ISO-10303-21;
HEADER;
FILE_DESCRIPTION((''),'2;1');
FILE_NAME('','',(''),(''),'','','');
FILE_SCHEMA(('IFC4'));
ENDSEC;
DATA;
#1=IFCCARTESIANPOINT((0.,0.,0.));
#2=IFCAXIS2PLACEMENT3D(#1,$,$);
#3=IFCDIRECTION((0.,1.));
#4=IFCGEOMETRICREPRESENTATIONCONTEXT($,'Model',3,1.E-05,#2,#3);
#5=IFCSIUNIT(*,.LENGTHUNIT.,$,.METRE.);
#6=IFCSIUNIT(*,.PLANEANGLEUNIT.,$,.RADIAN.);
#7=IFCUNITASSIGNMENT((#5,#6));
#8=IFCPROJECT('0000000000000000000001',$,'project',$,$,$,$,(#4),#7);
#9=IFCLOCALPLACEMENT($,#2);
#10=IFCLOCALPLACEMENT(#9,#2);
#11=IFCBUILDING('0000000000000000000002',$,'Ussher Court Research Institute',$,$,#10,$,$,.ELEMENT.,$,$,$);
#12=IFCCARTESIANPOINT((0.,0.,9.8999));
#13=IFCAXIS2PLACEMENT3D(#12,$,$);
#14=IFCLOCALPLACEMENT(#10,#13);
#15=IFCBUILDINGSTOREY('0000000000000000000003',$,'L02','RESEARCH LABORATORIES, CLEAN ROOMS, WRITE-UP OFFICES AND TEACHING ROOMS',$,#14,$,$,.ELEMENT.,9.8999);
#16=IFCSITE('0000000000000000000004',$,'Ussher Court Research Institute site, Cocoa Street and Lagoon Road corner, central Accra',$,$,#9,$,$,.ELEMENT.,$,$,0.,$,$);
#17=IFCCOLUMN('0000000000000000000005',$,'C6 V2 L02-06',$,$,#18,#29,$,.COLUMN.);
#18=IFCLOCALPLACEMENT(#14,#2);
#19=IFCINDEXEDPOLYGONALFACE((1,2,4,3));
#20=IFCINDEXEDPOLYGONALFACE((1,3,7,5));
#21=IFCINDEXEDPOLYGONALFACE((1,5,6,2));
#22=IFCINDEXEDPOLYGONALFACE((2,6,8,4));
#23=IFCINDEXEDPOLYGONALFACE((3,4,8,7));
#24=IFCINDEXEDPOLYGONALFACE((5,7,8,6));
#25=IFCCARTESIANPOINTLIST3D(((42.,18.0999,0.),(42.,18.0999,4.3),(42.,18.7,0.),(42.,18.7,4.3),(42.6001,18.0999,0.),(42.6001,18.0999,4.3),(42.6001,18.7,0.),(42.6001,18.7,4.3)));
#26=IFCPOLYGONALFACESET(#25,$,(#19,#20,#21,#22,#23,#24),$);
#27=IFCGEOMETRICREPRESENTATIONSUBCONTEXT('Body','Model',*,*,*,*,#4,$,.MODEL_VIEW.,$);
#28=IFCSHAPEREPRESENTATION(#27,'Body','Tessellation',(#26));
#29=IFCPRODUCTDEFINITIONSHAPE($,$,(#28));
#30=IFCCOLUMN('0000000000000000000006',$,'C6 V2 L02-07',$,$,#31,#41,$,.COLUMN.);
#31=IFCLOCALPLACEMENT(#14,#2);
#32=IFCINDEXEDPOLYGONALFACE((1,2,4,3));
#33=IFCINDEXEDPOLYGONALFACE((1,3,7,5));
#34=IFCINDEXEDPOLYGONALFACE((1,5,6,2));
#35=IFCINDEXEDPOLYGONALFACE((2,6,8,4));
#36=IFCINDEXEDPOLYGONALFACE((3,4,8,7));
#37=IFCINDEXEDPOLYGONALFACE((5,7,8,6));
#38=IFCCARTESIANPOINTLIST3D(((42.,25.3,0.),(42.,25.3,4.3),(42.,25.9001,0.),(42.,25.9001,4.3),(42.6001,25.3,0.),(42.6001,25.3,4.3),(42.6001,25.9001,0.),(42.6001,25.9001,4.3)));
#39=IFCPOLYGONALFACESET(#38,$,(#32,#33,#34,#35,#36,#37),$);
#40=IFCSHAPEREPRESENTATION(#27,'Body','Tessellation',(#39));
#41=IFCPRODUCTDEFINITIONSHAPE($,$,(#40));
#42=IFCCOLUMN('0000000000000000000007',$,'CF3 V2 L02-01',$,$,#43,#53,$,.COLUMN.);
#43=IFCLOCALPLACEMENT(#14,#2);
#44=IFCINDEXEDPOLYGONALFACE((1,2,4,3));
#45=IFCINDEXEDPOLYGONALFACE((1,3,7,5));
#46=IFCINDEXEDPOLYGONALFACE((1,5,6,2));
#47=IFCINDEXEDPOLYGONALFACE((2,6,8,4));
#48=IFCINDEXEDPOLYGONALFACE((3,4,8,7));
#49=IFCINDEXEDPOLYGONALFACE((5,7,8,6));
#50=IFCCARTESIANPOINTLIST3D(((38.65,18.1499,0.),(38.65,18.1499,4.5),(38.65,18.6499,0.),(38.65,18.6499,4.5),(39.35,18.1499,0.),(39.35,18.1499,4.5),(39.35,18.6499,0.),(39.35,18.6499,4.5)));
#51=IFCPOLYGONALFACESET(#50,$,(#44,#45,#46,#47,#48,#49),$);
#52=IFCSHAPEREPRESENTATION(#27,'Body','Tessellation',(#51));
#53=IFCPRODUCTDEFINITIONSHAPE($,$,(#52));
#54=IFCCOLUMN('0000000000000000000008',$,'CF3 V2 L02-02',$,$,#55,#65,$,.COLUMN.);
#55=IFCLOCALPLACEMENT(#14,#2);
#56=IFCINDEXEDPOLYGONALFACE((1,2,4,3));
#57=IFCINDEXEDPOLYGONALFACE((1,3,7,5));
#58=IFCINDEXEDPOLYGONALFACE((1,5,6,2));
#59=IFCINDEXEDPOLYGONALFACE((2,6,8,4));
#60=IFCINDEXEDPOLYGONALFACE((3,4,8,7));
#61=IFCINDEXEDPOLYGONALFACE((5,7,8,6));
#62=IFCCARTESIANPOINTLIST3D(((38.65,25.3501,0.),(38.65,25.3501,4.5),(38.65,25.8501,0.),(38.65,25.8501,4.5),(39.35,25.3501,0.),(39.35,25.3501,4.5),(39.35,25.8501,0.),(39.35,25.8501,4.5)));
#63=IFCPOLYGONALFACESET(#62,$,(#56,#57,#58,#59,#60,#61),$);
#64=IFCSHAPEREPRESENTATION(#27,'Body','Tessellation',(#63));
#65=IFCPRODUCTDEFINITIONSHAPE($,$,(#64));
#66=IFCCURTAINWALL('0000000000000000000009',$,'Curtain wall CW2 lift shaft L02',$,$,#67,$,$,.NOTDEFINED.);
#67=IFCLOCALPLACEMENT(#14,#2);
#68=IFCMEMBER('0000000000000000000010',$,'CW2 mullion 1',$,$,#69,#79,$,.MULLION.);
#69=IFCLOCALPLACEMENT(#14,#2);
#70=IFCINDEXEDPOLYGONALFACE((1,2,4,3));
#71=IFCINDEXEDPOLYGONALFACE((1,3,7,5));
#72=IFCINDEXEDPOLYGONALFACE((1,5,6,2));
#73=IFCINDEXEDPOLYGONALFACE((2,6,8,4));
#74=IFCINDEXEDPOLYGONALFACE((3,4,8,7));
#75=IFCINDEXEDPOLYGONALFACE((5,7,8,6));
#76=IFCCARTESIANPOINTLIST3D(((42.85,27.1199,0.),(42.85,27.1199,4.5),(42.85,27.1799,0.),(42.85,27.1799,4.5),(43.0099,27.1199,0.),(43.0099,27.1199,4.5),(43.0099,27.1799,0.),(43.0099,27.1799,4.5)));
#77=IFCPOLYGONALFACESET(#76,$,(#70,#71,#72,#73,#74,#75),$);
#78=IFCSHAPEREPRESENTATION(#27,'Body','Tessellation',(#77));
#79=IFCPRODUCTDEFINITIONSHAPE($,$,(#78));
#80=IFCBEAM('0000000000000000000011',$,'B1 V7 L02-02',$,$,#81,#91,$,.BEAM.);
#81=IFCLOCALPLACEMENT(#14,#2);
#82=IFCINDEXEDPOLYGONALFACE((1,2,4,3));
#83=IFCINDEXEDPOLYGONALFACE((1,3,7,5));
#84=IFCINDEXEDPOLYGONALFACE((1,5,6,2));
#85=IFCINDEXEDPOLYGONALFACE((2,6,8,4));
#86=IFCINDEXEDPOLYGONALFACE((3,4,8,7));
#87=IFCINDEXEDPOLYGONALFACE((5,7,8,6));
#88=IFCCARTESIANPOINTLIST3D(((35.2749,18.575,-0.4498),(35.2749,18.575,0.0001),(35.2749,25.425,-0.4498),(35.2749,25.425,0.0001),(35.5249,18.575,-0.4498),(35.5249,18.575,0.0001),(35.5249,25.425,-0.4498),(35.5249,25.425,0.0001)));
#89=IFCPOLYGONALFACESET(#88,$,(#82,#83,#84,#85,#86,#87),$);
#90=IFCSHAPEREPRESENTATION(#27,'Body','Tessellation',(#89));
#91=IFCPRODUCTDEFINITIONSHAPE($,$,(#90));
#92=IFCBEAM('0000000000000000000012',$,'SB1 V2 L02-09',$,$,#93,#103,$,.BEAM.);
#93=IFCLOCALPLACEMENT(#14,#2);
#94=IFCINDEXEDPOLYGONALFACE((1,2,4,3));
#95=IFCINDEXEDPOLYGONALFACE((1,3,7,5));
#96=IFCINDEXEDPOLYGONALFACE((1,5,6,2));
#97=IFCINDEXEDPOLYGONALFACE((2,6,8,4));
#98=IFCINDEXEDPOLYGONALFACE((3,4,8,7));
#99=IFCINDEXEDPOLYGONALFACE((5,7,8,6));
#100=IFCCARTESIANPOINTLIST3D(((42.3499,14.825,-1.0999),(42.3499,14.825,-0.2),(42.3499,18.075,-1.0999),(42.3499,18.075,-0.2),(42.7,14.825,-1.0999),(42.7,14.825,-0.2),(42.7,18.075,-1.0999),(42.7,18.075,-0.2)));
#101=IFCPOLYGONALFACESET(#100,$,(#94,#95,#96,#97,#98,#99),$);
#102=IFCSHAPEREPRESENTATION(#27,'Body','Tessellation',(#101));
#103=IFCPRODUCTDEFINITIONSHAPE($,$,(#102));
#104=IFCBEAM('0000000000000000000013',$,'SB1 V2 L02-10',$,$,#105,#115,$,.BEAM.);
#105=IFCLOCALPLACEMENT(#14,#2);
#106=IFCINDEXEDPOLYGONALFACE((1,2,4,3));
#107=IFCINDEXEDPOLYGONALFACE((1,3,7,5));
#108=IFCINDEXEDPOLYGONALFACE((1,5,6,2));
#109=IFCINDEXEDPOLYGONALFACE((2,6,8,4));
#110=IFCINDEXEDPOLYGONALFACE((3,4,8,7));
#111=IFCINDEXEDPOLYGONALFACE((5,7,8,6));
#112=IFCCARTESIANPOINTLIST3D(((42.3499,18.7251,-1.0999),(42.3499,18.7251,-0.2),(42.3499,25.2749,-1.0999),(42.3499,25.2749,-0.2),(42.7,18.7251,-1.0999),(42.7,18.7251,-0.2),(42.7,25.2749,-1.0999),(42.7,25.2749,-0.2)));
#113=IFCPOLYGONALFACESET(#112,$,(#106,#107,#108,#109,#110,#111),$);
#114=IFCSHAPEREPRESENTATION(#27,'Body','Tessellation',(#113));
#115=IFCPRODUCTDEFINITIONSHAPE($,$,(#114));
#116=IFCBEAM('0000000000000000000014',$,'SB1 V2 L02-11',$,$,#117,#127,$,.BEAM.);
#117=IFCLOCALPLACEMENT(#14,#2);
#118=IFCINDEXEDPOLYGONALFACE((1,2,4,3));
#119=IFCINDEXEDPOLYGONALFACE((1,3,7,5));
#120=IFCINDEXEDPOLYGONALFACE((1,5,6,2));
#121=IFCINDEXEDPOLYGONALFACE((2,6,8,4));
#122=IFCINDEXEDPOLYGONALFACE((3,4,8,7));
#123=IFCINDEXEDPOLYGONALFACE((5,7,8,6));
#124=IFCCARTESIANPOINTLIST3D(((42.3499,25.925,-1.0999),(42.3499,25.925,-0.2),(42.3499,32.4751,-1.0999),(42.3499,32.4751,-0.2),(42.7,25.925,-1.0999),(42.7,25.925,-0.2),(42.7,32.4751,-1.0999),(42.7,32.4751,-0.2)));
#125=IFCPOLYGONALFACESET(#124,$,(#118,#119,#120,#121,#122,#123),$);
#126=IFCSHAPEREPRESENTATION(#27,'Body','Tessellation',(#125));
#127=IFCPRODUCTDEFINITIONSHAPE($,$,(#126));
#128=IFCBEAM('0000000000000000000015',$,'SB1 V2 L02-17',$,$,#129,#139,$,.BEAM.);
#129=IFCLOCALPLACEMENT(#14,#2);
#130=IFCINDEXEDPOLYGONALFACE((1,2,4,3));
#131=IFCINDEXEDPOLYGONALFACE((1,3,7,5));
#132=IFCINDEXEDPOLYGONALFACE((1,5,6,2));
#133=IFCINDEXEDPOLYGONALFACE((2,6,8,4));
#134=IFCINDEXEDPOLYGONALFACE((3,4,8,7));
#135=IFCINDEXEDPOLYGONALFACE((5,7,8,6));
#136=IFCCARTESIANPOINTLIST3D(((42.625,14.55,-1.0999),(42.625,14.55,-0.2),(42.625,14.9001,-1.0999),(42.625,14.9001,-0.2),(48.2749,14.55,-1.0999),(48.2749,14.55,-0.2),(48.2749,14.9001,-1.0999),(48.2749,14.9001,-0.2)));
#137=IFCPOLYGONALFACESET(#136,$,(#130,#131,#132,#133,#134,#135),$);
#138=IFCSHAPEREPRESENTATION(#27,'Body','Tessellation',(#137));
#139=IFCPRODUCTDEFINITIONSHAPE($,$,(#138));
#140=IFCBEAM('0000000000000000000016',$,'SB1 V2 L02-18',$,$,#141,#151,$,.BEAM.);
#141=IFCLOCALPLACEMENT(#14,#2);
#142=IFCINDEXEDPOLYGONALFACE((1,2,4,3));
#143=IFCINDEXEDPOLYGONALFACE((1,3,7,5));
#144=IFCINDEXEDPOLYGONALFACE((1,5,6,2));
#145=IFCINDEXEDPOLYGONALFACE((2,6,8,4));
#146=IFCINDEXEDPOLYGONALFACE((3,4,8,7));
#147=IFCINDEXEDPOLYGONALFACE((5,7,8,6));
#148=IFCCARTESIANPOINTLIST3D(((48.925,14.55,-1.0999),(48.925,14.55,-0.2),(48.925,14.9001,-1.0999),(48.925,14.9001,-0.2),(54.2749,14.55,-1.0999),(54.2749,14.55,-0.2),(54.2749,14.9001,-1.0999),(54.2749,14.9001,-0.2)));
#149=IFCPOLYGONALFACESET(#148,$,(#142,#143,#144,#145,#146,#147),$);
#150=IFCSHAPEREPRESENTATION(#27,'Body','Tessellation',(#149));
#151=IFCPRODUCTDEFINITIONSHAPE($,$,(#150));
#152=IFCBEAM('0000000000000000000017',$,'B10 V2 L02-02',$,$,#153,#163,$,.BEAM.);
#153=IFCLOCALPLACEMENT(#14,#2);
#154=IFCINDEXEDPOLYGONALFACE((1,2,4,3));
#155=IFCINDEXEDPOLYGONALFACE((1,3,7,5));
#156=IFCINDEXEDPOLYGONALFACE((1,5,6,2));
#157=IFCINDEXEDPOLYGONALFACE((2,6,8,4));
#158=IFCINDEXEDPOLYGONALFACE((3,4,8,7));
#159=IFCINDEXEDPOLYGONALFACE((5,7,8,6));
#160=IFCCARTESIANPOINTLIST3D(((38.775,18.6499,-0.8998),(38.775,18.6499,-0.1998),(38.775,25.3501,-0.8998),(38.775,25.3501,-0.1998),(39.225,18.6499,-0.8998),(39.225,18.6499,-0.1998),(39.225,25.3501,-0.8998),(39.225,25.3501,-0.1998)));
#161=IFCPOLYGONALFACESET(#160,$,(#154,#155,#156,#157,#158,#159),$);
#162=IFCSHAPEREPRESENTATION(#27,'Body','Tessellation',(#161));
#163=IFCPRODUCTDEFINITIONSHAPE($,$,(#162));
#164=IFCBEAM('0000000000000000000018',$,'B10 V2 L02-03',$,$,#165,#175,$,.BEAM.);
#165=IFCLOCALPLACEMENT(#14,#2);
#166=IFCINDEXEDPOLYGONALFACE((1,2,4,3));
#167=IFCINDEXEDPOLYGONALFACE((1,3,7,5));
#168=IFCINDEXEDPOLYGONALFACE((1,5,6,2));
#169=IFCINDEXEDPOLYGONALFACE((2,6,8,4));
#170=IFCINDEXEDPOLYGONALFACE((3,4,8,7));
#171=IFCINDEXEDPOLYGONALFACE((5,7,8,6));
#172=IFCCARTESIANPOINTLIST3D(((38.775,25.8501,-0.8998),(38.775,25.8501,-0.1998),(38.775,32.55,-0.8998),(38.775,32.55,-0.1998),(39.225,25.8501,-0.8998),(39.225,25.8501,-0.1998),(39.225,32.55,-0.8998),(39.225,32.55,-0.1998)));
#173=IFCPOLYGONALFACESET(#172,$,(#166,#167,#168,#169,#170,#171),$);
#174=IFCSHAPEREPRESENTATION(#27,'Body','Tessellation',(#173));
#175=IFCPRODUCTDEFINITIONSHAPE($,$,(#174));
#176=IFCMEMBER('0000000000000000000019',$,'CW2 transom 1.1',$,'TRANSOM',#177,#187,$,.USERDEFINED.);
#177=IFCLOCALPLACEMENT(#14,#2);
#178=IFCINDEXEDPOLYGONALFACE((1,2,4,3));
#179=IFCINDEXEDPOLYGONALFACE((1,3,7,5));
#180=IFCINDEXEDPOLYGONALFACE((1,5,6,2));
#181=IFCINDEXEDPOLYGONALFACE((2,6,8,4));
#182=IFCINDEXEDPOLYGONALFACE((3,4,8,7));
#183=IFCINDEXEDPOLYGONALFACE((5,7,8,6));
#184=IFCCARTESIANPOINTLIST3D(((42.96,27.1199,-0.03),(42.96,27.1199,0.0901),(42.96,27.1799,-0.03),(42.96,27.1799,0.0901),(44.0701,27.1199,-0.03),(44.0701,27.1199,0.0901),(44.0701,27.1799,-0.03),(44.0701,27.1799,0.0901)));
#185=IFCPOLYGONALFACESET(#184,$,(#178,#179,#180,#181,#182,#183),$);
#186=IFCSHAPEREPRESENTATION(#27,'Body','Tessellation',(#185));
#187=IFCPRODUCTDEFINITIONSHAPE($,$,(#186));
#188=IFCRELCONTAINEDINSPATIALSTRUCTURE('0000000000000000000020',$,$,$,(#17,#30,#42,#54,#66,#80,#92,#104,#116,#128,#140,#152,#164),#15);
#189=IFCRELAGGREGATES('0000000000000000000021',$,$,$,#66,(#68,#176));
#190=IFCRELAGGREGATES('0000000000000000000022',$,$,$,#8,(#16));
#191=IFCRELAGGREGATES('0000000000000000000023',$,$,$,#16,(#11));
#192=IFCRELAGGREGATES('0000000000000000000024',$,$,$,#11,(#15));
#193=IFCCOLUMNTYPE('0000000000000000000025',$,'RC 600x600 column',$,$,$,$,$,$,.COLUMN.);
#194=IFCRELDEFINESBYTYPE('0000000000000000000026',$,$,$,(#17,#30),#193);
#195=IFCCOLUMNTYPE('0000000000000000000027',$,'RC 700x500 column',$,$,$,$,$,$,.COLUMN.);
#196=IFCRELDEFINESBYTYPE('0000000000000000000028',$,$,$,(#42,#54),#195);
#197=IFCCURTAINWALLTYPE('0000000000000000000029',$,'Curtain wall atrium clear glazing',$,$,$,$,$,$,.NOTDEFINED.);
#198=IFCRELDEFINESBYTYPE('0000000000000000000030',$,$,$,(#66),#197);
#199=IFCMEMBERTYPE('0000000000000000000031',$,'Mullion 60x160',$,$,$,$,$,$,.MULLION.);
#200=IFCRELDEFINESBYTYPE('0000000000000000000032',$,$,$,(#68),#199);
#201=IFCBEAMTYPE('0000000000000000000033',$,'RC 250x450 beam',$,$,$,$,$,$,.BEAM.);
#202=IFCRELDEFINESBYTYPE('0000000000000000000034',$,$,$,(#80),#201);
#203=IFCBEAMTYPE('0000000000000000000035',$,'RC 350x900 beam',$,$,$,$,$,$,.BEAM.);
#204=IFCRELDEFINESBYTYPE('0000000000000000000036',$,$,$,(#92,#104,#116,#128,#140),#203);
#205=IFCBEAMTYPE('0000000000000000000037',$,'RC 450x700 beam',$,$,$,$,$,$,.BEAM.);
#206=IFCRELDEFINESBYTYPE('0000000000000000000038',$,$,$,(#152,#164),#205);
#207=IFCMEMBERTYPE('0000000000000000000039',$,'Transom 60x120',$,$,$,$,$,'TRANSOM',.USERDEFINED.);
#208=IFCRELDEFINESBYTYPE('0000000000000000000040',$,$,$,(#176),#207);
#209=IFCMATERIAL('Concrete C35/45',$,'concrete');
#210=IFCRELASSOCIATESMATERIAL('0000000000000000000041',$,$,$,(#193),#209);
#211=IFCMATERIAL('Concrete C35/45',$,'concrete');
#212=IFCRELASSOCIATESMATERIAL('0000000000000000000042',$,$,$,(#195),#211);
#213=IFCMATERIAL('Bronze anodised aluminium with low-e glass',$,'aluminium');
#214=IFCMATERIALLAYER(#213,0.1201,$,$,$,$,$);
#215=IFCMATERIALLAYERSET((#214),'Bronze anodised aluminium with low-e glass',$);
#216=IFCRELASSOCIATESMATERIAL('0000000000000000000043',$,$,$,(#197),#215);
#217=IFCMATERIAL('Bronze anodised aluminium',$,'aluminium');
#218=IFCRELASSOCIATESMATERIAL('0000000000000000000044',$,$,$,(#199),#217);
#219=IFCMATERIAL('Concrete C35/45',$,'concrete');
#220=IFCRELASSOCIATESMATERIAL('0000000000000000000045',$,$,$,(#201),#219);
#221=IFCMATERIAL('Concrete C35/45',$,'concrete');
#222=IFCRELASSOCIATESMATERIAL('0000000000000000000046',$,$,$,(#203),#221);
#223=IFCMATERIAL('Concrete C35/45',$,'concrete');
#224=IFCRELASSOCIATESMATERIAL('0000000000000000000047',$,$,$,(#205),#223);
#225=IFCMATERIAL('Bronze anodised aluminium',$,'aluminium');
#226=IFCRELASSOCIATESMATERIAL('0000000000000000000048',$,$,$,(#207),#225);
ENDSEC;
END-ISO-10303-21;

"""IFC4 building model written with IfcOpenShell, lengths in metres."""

from ifc_helpers import new_model, si_unit, direction, frame, origin, origin_2d, place, context, subcontext, project, spatial, rectangle, extrude, material, layer, layer_set, material_profile, profile_set, type_object, element, aggregate, save


model = new_model("IFC4")

# Units and contexts
model_context = context("Model", 3, precision=1e-05, world=origin(), true_north=direction((0.0, 1.0)))
body_context = subcontext(model_context, "Body", "Model", "MODEL_VIEW")
ifc_project = project(units=[si_unit("LENGTHUNIT", "METRE"), si_unit("PLANEANGLEUNIT", "RADIAN")], contexts=[model_context])

# Site, building, storey
site_placement = place(None, origin())
site = spatial("IfcSite", under=ifc_project, at=site_placement, Name="Ussher Court Research Institute site, Cocoa Street and Lagoon Road corner, central Accra", CompositionType="ELEMENT", RefElevation=0.0)
building_placement = place(site_placement, origin())
building = spatial("IfcBuilding", under=site, at=building_placement, Name="Ussher Court Research Institute", CompositionType="ELEMENT")
storey_placement = place(building_placement, frame((0.0, 0.0, 9.8999)))
storey = spatial("IfcBuildingStorey", under=building, at=storey_placement, Name="L02", Description="RESEARCH LABORATORIES, CLEAN ROOMS, WRITE-UP OFFICES AND TEACHING ROOMS", CompositionType="ELEMENT", Elevation=9.8999)

# Columns
ifc_material_1 = material(Name="Concrete C35/45", Category="concrete")
ifc_material_profile_1 = material_profile(ifc_material_1, rectangle(XDim=0.6001, YDim=0.6001, at=origin_2d()), Name="RC 600x600")
ifc_profile_set_1 = profile_set([ifc_material_profile_1], Name="Concrete C35/45")
column_type_1 = type_object("IfcColumnType", Name="RC 600x600 column", PredefinedType="COLUMN", material=ifc_profile_set_1)
for number, where, z_axis, x_axis, name in (
    (1, (42.3, 18.3999, 0.0), (0.0, 0.0, 1.0), (1.0, 0.0, 0.0), "C6 V2 L02-06"),
    (2, (42.3, 25.6001, 0.0), (0.0, 0.0, 1.0), (1.0, 0.0, 0.0), "C6 V2 L02-07"),
):
    element("IfcColumn", number, at=place(storey_placement, frame(where, z_axis=z_axis, x_axis=x_axis)), inside=storey, type_object=column_type_1, Name=name, PredefinedType="COLUMN", context=body_context, shape_type="SweptSolid", body=[
        extrude(rectangle(XDim=0.6001, YDim=0.6001, at=origin_2d()), origin(), (0.0, 0.0, 1.0), 4.3),
    ])
ifc_material_2 = material(Name="Concrete C35/45", Category="concrete")
ifc_material_profile_2 = material_profile(ifc_material_2, rectangle(XDim=0.7, YDim=0.5, at=origin_2d()), Name="RC 700x500")
ifc_profile_set_2 = profile_set([ifc_material_profile_2], Name="Concrete C35/45")
column_type_2 = type_object("IfcColumnType", Name="RC 700x500 column", PredefinedType="COLUMN", material=ifc_profile_set_2)
for number, where, z_axis, x_axis, name in (
    (3, (39.0, 18.3999, 0.0), (0.0, 0.0, 1.0), (1.0, 0.0, 0.0), "CF3 V2 L02-01"),
    (4, (39.0, 25.6001, 0.0), (0.0, 0.0, 1.0), (1.0, 0.0, 0.0), "CF3 V2 L02-02"),
):
    element("IfcColumn", number, at=place(storey_placement, frame(where, z_axis=z_axis, x_axis=x_axis)), inside=storey, type_object=column_type_2, Name=name, PredefinedType="COLUMN", context=body_context, shape_type="SweptSolid", body=[
        extrude(rectangle(XDim=0.7, YDim=0.5, at=origin_2d()), origin(), (0.0, 0.0, 1.0), 4.5),
    ])

# Curtain wall, member
ifc_material_3 = material(Name="Bronze anodised aluminium with low-e glass", Category="aluminium")
ifc_layer_1 = layer(ifc_material_3, 0.1201)
ifc_layer_set_1 = layer_set([ifc_layer_1], Name="Bronze anodised aluminium with low-e glass")
curtain_wall_type = type_object("IfcCurtainWallType", Name="Curtain wall atrium clear glazing", PredefinedType="NOTDEFINED", material=ifc_layer_set_1)
curtain_wall_placement = place(storey_placement, origin())
curtain_wall = element("IfcCurtainWall", 5, at=curtain_wall_placement, inside=storey, type_object=curtain_wall_type, Name="Curtain wall CW2 lift shaft L02", PredefinedType="NOTDEFINED")
ifc_material_4 = material(Name="Bronze anodised aluminium", Category="aluminium")
ifc_material_profile_3 = material_profile(ifc_material_4, rectangle(XDim=0.0601, YDim=0.1599, at=origin_2d()), Name="Mullion 60x160")
ifc_profile_set_3 = profile_set([ifc_material_profile_3], Name="Bronze anodised aluminium")
member_type_1 = type_object("IfcMemberType", Name="Mullion 60x160", PredefinedType="MULLION", material=ifc_profile_set_3)
member_1_placement = place(storey_placement, frame((42.9299, 27.1499, 0.0), z_axis=(0.0, 0.0, 1.0), x_axis=(0.0, 1.0, 0.0)))
member_1 = element("IfcMember", 6, at=member_1_placement, type_object=member_type_1, Name="CW2 mullion 1", PredefinedType="MULLION", context=body_context, shape_type="SweptSolid", body=[
    extrude(rectangle(XDim=0.0601, YDim=0.1599, at=origin_2d()), origin(), (0.0, 0.0, 1.0), 4.5),
])

# Beams
ifc_material_5 = material(Name="Concrete C35/45", Category="concrete")
ifc_material_profile_4 = material_profile(ifc_material_5, rectangle(XDim=0.25, YDim=0.45, at=origin_2d()), Name="RC 250x450")
ifc_profile_set_4 = profile_set([ifc_material_profile_4], Name="Concrete C35/45")
beam_type_1 = type_object("IfcBeamType", Name="RC 250x450 beam", PredefinedType="BEAM", material=ifc_profile_set_4)
beam_1_placement = place(storey_placement, frame((35.3999, 18.575, -0.2249), z_axis=(0.0, 1.0, 0.0), x_axis=(-1.0, 0.0, 0.0)))
element("IfcBeam", 7, at=beam_1_placement, inside=storey, type_object=beam_type_1, Name="B1 V7 L02-02", PredefinedType="BEAM", context=body_context, shape_type="SweptSolid", body=[
    extrude(rectangle(XDim=0.25, YDim=0.45, at=origin_2d()), origin(), (0.0, 0.0, 1.0), 6.8501),
])
ifc_material_6 = material(Name="Concrete C35/45", Category="concrete")
ifc_material_profile_5 = material_profile(ifc_material_6, rectangle(XDim=0.3501, YDim=0.8999, at=origin_2d()), Name="RC 350x900")
ifc_profile_set_5 = profile_set([ifc_material_profile_5], Name="Concrete C35/45")
beam_type_2 = type_object("IfcBeamType", Name="RC 350x900 beam", PredefinedType="BEAM", material=ifc_profile_set_5)
beam_2_placement = place(storey_placement, frame((42.5249, 14.825, -0.6499), z_axis=(0.0, 1.0, 0.0), x_axis=(-1.0, 0.0, 0.0)))
element("IfcBeam", 8, at=beam_2_placement, inside=storey, type_object=beam_type_2, Name="SB1 V2 L02-09", PredefinedType="BEAM", context=body_context, shape_type="SweptSolid", body=[
    extrude(rectangle(XDim=0.3501, YDim=0.8999, at=origin_2d()), origin(), (0.0, 0.0, 1.0), 3.25),
])
beam_3_placement = place(storey_placement, frame((42.5249, 18.7251, -0.6499), z_axis=(0.0, 1.0, 0.0), x_axis=(-1.0, 0.0, 0.0)))
element("IfcBeam", 9, at=beam_3_placement, inside=storey, type_object=beam_type_2, Name="SB1 V2 L02-10", PredefinedType="BEAM", context=body_context, shape_type="SweptSolid", body=[
    extrude(rectangle(XDim=0.3501, YDim=0.8999, at=origin_2d()), origin(), (0.0, 0.0, 1.0), 6.5498),
])
beam_4_placement = place(storey_placement, frame((42.5249, 25.925, -0.6499), z_axis=(0.0, 1.0, 0.0), x_axis=(-1.0, 0.0, 0.0)))
element("IfcBeam", 10, at=beam_4_placement, inside=storey, type_object=beam_type_2, Name="SB1 V2 L02-11", PredefinedType="BEAM", context=body_context, shape_type="SweptSolid", body=[
    extrude(rectangle(XDim=0.3501, YDim=0.8999, at=origin_2d()), origin(), (0.0, 0.0, 1.0), 6.55),
])
beam_5_placement = place(storey_placement, frame((42.625, 14.7251, -0.6499), z_axis=(1.0, 0.0, 0.0), x_axis=(0.0, 1.0, 0.0)))
element("IfcBeam", 11, at=beam_5_placement, inside=storey, type_object=beam_type_2, Name="SB1 V2 L02-17", PredefinedType="BEAM", context=body_context, shape_type="SweptSolid", body=[
    extrude(rectangle(XDim=0.3501, YDim=0.8999, at=origin_2d()), origin(), (0.0, 0.0, 1.0), 5.6499),
])
beam_6_placement = place(storey_placement, frame((48.925, 14.7251, -0.6499), z_axis=(1.0, 0.0, 0.0), x_axis=(0.0, 1.0, 0.0)))
element("IfcBeam", 12, at=beam_6_placement, inside=storey, type_object=beam_type_2, Name="SB1 V2 L02-18", PredefinedType="BEAM", context=body_context, shape_type="SweptSolid", body=[
    extrude(rectangle(XDim=0.3501, YDim=0.8999, at=origin_2d()), origin(), (0.0, 0.0, 1.0), 5.3499),
])
ifc_material_7 = material(Name="Concrete C35/45", Category="concrete")
ifc_material_profile_6 = material_profile(ifc_material_7, rectangle(XDim=0.45, YDim=0.7, at=origin_2d()), Name="RC 450x700")
ifc_profile_set_6 = profile_set([ifc_material_profile_6], Name="Concrete C35/45")
beam_type_3 = type_object("IfcBeamType", Name="RC 450x700 beam", PredefinedType="BEAM", material=ifc_profile_set_6)
beam_7_placement = place(storey_placement, frame((39.0, 18.6499, -0.5498), z_axis=(0.0, 1.0, 0.0), x_axis=(-1.0, 0.0, 0.0)))
element("IfcBeam", 13, at=beam_7_placement, inside=storey, type_object=beam_type_3, Name="B10 V2 L02-02", PredefinedType="BEAM", context=body_context, shape_type="SweptSolid", body=[
    extrude(rectangle(XDim=0.45, YDim=0.7, at=origin_2d()), origin(), (0.0, 0.0, 1.0), 6.7002),
])
beam_8_placement = place(storey_placement, frame((39.0, 25.8501, -0.5498), z_axis=(0.0, 1.0, 0.0), x_axis=(-1.0, 0.0, 0.0)))
element("IfcBeam", 14, at=beam_8_placement, inside=storey, type_object=beam_type_3, Name="B10 V2 L02-03", PredefinedType="BEAM", context=body_context, shape_type="SweptSolid", body=[
    extrude(rectangle(XDim=0.45, YDim=0.7, at=origin_2d()), origin(), (0.0, 0.0, 1.0), 6.7),
])

# Member
ifc_material_8 = material(Name="Bronze anodised aluminium", Category="aluminium")
ifc_material_profile_7 = material_profile(ifc_material_8, rectangle(XDim=0.0601, YDim=0.1201, at=origin_2d()), Name="Transom 60x120")
ifc_profile_set_7 = profile_set([ifc_material_profile_7], Name="Bronze anodised aluminium")
member_type_2 = type_object("IfcMemberType", Name="Transom 60x120", ElementType="TRANSOM", PredefinedType="USERDEFINED", material=ifc_profile_set_7)
member_2_placement = place(storey_placement, frame((42.96, 27.1499, 0.03), z_axis=(1.0, 0.0, 0.0), x_axis=(0.0, 1.0, 0.0)))
member_2 = element("IfcMember", 15, at=member_2_placement, type_object=member_type_2, Name="CW2 transom 1.1", ObjectType="TRANSOM", PredefinedType="USERDEFINED", context=body_context, shape_type="SweptSolid", body=[
    extrude(rectangle(XDim=0.0601, YDim=0.1201, at=origin_2d()), origin(), (0.0, 0.0, 1.0), 1.1101),
])

aggregate(curtain_wall, [member_1, member_2])

save(model, "model.ifc")
